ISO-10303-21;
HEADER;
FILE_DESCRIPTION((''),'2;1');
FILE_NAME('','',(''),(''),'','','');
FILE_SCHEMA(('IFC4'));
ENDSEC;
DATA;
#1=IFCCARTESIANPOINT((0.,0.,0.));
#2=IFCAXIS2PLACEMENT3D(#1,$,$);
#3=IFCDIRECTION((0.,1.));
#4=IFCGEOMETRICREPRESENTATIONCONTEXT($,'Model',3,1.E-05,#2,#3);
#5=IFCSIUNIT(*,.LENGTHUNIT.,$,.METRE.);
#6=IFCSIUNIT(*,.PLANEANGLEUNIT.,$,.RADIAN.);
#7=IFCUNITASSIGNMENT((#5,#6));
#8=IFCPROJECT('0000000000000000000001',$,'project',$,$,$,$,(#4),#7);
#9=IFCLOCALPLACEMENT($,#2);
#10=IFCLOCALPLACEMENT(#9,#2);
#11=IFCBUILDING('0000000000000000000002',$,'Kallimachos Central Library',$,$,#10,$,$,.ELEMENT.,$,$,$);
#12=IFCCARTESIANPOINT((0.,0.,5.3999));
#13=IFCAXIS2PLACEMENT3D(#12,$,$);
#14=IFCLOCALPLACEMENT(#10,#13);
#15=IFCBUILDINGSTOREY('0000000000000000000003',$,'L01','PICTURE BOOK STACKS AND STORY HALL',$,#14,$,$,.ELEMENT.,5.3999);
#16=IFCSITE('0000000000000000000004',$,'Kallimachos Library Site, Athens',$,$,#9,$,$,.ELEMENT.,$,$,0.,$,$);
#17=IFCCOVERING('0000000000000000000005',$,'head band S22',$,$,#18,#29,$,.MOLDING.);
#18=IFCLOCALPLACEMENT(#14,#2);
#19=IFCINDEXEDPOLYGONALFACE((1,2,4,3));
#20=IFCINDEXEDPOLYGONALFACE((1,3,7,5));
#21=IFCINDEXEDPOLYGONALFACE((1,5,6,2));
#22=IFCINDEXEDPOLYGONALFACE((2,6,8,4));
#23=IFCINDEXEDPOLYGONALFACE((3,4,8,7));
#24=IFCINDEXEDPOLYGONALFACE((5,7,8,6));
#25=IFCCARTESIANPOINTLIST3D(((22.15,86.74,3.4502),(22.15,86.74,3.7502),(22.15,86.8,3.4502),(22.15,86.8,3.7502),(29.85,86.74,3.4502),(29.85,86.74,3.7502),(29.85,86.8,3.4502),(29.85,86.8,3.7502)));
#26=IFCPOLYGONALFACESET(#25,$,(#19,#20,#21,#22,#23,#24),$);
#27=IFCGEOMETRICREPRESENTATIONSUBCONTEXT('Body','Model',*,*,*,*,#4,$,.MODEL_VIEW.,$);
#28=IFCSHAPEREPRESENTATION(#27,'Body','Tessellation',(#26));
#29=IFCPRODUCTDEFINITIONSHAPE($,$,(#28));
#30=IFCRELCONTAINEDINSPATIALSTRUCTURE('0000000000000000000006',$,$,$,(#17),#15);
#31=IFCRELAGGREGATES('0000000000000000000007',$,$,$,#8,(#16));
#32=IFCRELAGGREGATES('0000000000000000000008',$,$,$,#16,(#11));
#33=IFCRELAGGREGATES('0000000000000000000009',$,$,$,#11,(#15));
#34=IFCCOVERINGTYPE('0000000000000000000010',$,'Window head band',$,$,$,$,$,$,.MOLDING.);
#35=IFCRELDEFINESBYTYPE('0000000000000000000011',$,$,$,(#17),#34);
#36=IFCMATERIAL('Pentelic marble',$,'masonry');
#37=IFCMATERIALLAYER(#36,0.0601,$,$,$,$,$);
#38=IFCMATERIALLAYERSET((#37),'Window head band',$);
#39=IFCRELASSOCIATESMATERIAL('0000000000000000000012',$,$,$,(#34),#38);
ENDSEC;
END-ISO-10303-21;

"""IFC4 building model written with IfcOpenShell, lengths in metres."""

from ifc_helpers import new_model, si_unit, direction, frame, origin, origin_2d, place, context, subcontext, project, spatial, rectangle, extrude, material, layer, layer_set, type_object, element, save


model = new_model("IFC4")

# Units and contexts
model_context = context("Model", 3, precision=1e-05, world=origin(), true_north=direction((0.0, 1.0)))
body_context = subcontext(model_context, "Body", "Model", "MODEL_VIEW")
ifc_project = project(units=[si_unit("LENGTHUNIT", "METRE"), si_unit("PLANEANGLEUNIT", "RADIAN")], contexts=[model_context])

# Site, building, storey
site_placement = place(None, origin())
site = spatial("IfcSite", under=ifc_project, at=site_placement, Name="Kallimachos Library Site, Athens", CompositionType="ELEMENT", RefElevation=0.0)
building_placement = place(site_placement, origin())
building = spatial("IfcBuilding", under=site, at=building_placement, Name="Kallimachos Central Library", CompositionType="ELEMENT")
storey_placement = place(building_placement, frame((0.0, 0.0, 5.3999)))
storey = spatial("IfcBuildingStorey", under=building, at=storey_placement, Name="L01", Description="PICTURE BOOK STACKS AND STORY HALL", CompositionType="ELEMENT", Elevation=5.3999)

# Covering
ifc_material_1 = material(Name="Pentelic marble", Category="masonry")
ifc_layer_1 = layer(ifc_material_1, 0.0601)
ifc_layer_set_1 = layer_set([ifc_layer_1], Name="Window head band")
covering_type_1 = type_object("IfcCoveringType", Name="Window head band", PredefinedType="MOLDING", material=ifc_layer_set_1)
for number, where, z_axis, x_axis, name in (
    (1, (26.0, 86.77, 3.4502), (0.0, 0.0, 1.0), (1.0, 0.0, 0.0), "head band S22"),
):
    element("IfcCovering", number, at=place(storey_placement, frame(where, z_axis=z_axis, x_axis=x_axis)), inside=storey, type_object=covering_type_1, Name=name, PredefinedType="MOLDING", context=body_context, shape_type="SweptSolid", body=[
        extrude(rectangle(XDim=7.7, YDim=0.0601, at=origin_2d()), origin(), (0.0, 0.0, 1.0), 0.3),
    ])

save(model, "model.ifc")
